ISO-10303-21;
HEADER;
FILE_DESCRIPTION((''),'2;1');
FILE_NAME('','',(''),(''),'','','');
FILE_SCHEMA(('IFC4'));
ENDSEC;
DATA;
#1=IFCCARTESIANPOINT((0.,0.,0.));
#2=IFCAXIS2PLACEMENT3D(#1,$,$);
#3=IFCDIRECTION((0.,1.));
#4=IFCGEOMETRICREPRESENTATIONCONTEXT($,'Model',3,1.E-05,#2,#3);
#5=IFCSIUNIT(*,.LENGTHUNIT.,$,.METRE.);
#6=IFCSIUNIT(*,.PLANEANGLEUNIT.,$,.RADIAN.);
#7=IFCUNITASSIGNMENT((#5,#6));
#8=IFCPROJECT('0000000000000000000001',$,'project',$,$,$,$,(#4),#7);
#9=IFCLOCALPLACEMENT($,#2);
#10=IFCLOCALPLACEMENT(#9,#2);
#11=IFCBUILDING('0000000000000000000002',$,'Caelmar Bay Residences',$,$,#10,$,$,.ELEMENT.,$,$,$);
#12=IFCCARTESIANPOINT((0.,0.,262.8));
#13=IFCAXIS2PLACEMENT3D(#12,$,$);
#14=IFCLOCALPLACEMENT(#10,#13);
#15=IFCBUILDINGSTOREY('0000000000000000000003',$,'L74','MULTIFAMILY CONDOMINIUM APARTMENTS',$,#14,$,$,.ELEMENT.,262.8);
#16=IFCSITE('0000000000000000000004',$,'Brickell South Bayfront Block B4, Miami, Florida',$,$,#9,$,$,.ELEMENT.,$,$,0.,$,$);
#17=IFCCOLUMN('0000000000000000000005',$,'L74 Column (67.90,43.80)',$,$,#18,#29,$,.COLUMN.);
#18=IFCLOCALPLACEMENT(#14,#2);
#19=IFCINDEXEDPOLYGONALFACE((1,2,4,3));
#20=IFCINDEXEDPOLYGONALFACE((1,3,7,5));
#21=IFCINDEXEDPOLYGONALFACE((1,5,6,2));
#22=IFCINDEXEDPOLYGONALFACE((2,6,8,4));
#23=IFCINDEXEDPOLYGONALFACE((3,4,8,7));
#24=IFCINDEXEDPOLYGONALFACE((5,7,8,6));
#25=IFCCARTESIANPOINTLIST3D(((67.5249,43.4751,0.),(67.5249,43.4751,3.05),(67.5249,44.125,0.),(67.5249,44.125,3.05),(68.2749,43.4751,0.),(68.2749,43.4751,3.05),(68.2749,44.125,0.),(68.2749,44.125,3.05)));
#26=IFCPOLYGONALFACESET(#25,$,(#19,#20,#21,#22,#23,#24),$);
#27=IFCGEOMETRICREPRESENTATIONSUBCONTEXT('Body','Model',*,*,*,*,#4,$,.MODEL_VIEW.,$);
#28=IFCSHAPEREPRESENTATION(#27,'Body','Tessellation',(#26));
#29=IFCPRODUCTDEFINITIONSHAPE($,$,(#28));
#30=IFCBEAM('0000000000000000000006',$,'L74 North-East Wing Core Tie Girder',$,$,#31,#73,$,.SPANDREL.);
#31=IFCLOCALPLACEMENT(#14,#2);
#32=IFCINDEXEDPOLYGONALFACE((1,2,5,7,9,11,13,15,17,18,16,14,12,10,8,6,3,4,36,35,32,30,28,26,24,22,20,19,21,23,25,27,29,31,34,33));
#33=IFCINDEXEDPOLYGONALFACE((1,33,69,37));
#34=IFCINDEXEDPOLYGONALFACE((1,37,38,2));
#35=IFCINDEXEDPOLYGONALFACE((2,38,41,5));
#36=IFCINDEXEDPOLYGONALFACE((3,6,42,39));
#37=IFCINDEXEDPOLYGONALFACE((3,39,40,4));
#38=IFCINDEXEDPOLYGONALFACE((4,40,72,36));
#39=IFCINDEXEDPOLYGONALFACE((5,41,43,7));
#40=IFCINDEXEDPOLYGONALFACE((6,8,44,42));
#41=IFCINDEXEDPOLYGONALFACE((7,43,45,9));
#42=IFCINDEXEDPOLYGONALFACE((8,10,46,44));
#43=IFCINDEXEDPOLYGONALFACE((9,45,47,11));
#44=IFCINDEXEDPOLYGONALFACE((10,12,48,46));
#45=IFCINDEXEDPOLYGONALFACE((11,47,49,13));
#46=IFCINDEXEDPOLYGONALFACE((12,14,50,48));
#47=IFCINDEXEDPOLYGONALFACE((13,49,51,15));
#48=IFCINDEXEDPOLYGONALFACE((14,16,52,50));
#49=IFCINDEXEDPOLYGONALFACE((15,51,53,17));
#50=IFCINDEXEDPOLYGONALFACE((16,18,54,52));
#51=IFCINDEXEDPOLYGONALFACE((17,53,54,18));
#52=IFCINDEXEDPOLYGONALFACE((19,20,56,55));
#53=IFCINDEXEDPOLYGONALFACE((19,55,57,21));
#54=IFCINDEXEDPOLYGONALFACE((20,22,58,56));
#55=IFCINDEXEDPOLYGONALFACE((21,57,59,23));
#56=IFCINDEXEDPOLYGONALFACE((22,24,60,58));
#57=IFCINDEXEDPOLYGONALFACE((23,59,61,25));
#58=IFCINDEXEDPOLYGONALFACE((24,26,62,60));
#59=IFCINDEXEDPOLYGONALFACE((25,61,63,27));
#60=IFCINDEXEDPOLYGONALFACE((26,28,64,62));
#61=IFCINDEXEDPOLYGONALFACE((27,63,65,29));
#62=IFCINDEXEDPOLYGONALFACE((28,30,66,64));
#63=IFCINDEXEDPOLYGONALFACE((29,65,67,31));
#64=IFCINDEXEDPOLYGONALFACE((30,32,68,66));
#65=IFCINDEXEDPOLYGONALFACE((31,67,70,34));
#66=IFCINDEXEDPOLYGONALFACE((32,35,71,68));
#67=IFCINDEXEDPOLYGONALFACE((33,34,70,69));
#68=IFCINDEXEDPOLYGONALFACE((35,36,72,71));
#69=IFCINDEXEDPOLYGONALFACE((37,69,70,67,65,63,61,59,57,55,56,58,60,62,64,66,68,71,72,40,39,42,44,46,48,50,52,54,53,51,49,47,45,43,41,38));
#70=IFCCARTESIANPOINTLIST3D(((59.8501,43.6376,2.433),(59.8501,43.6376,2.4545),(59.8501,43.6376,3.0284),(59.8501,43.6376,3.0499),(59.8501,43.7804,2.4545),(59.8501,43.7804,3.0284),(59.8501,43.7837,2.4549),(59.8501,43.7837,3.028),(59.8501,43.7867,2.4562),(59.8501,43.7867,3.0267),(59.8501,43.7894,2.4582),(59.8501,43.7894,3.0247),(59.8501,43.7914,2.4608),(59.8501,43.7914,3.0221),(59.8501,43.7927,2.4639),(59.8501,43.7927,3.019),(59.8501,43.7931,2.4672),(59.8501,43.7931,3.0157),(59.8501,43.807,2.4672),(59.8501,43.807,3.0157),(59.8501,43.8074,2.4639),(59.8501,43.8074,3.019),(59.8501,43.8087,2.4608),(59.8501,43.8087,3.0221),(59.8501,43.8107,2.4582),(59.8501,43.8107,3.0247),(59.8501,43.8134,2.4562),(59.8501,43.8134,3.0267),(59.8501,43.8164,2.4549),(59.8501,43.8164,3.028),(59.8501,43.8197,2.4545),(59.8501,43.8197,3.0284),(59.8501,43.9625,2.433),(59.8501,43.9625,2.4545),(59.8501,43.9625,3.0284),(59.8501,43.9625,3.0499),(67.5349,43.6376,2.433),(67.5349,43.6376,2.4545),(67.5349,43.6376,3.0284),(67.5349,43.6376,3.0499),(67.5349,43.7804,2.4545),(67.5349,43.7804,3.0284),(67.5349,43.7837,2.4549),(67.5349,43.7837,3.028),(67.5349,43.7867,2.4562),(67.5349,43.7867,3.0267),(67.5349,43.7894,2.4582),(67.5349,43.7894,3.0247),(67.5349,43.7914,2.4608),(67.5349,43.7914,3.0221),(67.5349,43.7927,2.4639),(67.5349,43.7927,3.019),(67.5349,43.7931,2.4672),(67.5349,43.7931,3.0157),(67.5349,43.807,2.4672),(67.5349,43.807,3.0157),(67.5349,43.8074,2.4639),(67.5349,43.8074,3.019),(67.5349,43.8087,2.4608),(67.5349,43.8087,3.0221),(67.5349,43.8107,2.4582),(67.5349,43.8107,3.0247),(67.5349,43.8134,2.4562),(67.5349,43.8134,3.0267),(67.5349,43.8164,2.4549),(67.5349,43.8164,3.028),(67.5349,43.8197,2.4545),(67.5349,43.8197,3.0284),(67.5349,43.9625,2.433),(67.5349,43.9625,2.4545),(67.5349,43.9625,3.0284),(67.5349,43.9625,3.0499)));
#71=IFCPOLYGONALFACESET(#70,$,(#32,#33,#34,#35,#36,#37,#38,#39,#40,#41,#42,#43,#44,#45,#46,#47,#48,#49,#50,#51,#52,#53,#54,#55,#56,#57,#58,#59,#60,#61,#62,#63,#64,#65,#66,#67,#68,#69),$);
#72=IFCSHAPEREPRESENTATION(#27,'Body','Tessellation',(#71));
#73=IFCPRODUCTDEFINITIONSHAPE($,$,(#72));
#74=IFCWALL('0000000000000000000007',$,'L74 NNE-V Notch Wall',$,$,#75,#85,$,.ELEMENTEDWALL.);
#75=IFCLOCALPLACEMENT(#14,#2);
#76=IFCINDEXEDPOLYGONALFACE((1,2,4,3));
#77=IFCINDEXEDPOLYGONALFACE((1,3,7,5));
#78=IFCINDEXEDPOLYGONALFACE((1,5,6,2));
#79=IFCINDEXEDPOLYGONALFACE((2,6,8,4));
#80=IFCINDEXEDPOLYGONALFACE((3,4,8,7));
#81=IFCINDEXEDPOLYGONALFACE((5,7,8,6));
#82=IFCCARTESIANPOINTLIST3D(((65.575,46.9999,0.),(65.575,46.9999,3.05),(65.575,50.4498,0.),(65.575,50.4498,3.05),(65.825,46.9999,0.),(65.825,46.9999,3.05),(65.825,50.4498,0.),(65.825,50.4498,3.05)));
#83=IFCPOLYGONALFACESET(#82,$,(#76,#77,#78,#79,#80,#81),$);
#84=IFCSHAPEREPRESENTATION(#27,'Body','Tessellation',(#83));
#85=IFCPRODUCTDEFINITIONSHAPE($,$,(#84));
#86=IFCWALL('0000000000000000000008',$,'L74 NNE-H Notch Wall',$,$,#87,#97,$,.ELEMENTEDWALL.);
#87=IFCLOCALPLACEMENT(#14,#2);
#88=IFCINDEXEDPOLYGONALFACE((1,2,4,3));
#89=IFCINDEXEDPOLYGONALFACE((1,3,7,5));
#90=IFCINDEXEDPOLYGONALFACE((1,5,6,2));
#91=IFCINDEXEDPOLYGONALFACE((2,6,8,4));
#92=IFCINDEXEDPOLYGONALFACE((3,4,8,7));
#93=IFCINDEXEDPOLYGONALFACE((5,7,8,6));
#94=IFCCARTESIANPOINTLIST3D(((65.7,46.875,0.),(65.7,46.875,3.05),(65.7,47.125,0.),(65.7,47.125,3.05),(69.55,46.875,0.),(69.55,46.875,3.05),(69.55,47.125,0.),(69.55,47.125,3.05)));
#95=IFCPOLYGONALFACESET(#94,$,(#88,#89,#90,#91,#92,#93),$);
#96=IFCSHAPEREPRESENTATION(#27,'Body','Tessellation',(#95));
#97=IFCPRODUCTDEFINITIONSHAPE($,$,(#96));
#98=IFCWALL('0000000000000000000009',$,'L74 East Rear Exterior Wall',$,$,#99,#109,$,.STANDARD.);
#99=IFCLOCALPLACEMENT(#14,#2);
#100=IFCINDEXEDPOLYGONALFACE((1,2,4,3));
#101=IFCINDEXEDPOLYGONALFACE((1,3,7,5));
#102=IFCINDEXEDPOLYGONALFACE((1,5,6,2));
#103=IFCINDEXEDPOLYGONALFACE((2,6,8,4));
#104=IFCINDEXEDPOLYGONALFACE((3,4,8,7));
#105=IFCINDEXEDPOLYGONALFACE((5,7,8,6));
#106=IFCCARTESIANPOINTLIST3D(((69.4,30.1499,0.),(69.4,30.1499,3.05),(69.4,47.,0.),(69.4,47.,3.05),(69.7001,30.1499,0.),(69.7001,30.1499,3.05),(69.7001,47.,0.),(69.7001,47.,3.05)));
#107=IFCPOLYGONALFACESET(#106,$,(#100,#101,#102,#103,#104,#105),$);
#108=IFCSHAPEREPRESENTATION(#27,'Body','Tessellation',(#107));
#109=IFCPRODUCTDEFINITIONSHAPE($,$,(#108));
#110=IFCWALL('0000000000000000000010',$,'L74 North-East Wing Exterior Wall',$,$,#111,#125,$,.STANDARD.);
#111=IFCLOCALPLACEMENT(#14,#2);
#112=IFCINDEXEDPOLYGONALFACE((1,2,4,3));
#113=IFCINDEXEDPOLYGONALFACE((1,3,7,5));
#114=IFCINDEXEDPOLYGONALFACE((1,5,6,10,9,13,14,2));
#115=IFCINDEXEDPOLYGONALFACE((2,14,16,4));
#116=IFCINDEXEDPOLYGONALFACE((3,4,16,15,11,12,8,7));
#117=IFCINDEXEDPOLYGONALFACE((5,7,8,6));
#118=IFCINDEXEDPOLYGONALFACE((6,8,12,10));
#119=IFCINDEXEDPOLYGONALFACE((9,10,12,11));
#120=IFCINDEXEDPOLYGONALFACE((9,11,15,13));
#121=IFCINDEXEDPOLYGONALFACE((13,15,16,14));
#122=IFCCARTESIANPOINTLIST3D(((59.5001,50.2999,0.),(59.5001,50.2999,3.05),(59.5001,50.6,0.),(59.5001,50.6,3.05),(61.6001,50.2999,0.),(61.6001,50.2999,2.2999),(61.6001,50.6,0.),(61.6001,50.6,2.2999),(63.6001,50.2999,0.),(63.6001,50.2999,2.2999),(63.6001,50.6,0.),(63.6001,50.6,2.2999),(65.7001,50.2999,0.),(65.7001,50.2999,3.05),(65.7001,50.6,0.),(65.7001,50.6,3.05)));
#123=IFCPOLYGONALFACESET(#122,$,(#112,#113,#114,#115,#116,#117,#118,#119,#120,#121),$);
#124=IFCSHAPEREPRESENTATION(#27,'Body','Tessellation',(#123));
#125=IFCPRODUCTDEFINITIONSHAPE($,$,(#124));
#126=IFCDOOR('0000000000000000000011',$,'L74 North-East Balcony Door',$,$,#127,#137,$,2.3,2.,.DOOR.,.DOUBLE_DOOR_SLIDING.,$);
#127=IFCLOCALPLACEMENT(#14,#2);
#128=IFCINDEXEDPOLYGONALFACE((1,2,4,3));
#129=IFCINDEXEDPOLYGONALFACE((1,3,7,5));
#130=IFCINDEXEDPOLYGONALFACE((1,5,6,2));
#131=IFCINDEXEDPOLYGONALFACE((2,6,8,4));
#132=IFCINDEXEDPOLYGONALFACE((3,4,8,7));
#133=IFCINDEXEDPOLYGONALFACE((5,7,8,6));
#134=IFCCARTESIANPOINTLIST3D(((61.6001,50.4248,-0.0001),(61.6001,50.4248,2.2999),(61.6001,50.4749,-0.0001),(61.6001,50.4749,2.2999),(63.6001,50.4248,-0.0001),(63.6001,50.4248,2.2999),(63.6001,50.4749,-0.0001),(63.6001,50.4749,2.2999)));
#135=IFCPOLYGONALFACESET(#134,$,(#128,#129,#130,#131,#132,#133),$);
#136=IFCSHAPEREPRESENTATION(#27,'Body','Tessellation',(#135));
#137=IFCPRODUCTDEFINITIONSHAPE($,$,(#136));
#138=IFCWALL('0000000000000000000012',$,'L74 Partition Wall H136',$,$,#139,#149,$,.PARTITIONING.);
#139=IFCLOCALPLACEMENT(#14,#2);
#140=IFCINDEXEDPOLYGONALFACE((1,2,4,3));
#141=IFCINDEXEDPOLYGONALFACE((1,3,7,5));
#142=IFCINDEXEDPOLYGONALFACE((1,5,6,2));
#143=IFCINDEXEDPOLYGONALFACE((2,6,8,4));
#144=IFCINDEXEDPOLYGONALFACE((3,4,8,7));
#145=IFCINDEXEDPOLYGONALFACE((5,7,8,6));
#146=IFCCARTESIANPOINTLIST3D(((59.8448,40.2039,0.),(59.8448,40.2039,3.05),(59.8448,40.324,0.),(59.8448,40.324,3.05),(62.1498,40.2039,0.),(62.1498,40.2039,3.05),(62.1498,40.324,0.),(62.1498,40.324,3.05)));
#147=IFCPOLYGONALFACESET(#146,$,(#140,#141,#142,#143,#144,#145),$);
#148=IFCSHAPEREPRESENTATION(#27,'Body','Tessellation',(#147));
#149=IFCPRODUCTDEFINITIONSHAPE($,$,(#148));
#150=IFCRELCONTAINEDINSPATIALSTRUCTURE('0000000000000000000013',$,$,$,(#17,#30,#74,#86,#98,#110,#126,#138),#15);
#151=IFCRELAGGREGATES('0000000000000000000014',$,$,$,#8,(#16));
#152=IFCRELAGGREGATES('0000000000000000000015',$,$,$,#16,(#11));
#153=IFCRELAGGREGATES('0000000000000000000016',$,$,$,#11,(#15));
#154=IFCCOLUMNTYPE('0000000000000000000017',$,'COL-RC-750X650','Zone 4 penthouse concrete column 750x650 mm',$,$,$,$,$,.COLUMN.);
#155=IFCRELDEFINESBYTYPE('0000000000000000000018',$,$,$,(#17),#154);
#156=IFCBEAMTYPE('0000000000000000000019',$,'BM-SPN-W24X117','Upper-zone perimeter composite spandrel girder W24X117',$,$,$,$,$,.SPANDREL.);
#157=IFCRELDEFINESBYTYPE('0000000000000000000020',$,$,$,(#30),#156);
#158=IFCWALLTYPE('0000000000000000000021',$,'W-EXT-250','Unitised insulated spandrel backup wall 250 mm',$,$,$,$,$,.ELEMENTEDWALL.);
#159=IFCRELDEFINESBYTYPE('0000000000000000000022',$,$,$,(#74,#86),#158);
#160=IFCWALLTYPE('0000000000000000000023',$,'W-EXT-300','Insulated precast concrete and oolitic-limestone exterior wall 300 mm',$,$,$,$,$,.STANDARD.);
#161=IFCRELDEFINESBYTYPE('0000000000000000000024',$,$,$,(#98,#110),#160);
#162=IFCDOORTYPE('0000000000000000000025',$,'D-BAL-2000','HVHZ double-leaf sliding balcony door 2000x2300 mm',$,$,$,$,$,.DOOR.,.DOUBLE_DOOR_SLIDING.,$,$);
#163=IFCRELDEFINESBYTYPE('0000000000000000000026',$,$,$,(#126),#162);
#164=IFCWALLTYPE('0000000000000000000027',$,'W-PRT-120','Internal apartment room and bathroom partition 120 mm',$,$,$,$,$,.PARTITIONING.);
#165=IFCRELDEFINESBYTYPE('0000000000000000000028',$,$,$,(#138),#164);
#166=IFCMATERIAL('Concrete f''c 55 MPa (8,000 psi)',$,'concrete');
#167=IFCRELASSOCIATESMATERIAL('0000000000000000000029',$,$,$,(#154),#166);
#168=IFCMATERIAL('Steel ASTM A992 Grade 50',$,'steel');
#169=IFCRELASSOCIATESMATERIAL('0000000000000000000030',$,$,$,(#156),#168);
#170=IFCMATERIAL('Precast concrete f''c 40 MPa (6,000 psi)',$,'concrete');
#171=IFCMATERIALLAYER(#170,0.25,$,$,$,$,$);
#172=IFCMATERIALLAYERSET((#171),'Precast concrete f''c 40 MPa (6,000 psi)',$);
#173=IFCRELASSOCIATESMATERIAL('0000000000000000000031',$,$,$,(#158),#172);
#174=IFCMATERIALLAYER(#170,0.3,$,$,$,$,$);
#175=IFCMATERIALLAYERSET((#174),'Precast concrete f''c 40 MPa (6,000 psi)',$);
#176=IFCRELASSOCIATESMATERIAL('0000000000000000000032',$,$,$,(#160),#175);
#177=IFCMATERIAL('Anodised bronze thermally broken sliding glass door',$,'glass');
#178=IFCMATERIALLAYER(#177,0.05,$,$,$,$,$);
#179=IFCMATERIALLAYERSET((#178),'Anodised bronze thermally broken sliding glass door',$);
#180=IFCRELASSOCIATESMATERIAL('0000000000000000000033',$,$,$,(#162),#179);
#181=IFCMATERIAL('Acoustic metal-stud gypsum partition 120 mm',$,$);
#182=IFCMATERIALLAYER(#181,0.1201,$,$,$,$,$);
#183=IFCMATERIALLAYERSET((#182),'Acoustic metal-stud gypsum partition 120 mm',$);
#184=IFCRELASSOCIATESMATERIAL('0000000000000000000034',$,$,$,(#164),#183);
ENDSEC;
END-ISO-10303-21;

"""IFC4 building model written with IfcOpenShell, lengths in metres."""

from ifc_helpers import new_model, si_unit, direction, frame, frame_2d, origin, origin_2d, place, context, subcontext, project, spatial, rectangle, i_section, extrude, material, layer, layer_set, material_profile, profile_set, type_object, element, fill, save


model = new_model("IFC4")

# Units and contexts
model_context = context("Model", 3, precision=1e-05, world=origin(), true_north=direction((0.0, 1.0)))
body_context = subcontext(model_context, "Body", "Model", "MODEL_VIEW")
ifc_project = project(units=[si_unit("LENGTHUNIT", "METRE"), si_unit("PLANEANGLEUNIT", "RADIAN")], contexts=[model_context])

# Site, building, storey
site_placement = place(None, origin())
site = spatial("IfcSite", under=ifc_project, at=site_placement, Name="Brickell South Bayfront Block B4, Miami, Florida", CompositionType="ELEMENT", RefElevation=0.0)
building_placement = place(site_placement, origin())
building = spatial("IfcBuilding", under=site, at=building_placement, Name="Caelmar Bay Residences", CompositionType="ELEMENT")
storey_placement = place(building_placement, frame((0.0, 0.0, 262.8)))
storey = spatial("IfcBuildingStorey", under=building, at=storey_placement, Name="L74", Description="MULTIFAMILY CONDOMINIUM APARTMENTS", CompositionType="ELEMENT", Elevation=262.8)

# Column
ifc_material_1 = material(Name="Concrete f'c 55 MPa (8,000 psi)", Category="concrete")
ifc_material_profile_1 = material_profile(ifc_material_1, rectangle(XDim=0.75, YDim=0.6499, at=origin_2d()), Name="RC-COL-750X650")
ifc_profile_set_1 = profile_set([ifc_material_profile_1], Name="Concrete f'c 55 MPa (8,000 psi)")
column_type = type_object("IfcColumnType", Name="COL-RC-750X650", Description="Zone 4 penthouse concrete column 750x650 mm", PredefinedType="COLUMN", material=ifc_profile_set_1)
column_placement = place(storey_placement, frame((67.8999, 43.8, 0.0), z_axis=(0.0, 0.0, 1.0), x_axis=(1.0, 0.0, 0.0)))
element("IfcColumn", 1, at=column_placement, inside=storey, type_object=column_type, Name="L74 Column (67.90,43.80)", PredefinedType="COLUMN", context=body_context, shape_type="SweptSolid", body=[
    extrude(rectangle(XDim=0.75, YDim=0.6499, at=origin_2d()), origin(), (0.0, 0.0, 1.0), 3.05),
])

# Beam
ifc_material_2 = material(Name="Steel ASTM A992 Grade 50", Category="steel")
ifc_material_profile_2 = material_profile(ifc_material_2, i_section(OverallWidth=0.325, OverallDepth=0.6169, WebThickness=0.0139, FlangeThickness=0.0215, FilletRadius=0.0127, at=origin_2d()), Name="W24X117")
ifc_profile_set_2 = profile_set([ifc_material_profile_2], Name="Steel ASTM A992 Grade 50")
beam_type = type_object("IfcBeamType", Name="BM-SPN-W24X117", Description="Upper-zone perimeter composite spandrel girder W24X117", PredefinedType="SPANDREL", material=ifc_profile_set_2)
beam_placement = place(storey_placement, frame((59.8501, 43.8, 2.7415), z_axis=(1.0, 0.0, 0.0), x_axis=(0.0, 1.0, 0.0)))
element("IfcBeam", 2, at=beam_placement, inside=storey, type_object=beam_type, Name="L74 North-East Wing Core Tie Girder", PredefinedType="SPANDREL", context=body_context, shape_type="SweptSolid", body=[
    extrude(i_section(OverallWidth=0.325, OverallDepth=0.6169, WebThickness=0.0139, FlangeThickness=0.0215, FilletRadius=0.0127, at=origin_2d()), origin(), (0.0, 0.0, 1.0), 7.6848),
])

# Walls
ifc_material_3 = material(Name="Precast concrete f'c 40 MPa (6,000 psi)", Category="concrete")
ifc_layer_1 = layer(ifc_material_3, 0.25)
ifc_layer_set_1 = layer_set([ifc_layer_1], Name="Precast concrete f'c 40 MPa (6,000 psi)")
wall_type_1 = type_object("IfcWallType", Name="W-EXT-250", Description="Unitised insulated spandrel backup wall 250 mm", PredefinedType="ELEMENTEDWALL", material=ifc_layer_set_1)
wall_1_placement = place(storey_placement, frame((65.7, 50.45, 0.0), z_axis=(0.0, 0.0, 1.0), x_axis=(0.0, -1.0, 0.0)))
element("IfcWall", 3, at=wall_1_placement, inside=storey, type_object=wall_type_1, Name="L74 NNE-V Notch Wall", PredefinedType="ELEMENTEDWALL", context=body_context, shape_type="SweptSolid", body=[
    extrude(rectangle(XDim=3.45, YDim=0.25, at=frame_2d((1.7251, 0.0))), origin(), (0.0, 0.0, 1.0), 3.05),
])
wall_2_placement = place(storey_placement, frame((65.7, 47.0, 0.0), z_axis=(0.0, 0.0, 1.0), x_axis=(1.0, 0.0, 0.0)))
element("IfcWall", 4, at=wall_2_placement, inside=storey, type_object=wall_type_1, Name="L74 NNE-H Notch Wall", PredefinedType="ELEMENTEDWALL", context=body_context, shape_type="SweptSolid", body=[
    extrude(rectangle(XDim=3.8501, YDim=0.25, at=frame_2d((1.925, 0.0))), origin(), (0.0, 0.0, 1.0), 3.05),
])
ifc_layer_2 = layer(ifc_material_3, 0.3)
ifc_layer_set_2 = layer_set([ifc_layer_2], Name="Precast concrete f'c 40 MPa (6,000 psi)")
wall_type_2 = type_object("IfcWallType", Name="W-EXT-300", Description="Insulated precast concrete and oolitic-limestone exterior wall 300 mm", PredefinedType="STANDARD", material=ifc_layer_set_2)
wall_3_placement = place(storey_placement, frame((69.55, 47.0, 0.0), z_axis=(0.0, 0.0, 1.0), x_axis=(0.0, -1.0, 0.0)))
element("IfcWall", 5, at=wall_3_placement, inside=storey, type_object=wall_type_2, Name="L74 East Rear Exterior Wall", PredefinedType="STANDARD", context=body_context, shape_type="SweptSolid", body=[
    extrude(rectangle(XDim=16.8501, YDim=0.3, at=frame_2d((8.425, 0.0))), origin(), (0.0, 0.0, 1.0), 3.05),
])

# Wall, opening, door
wall_4_placement = place(storey_placement, frame((59.5, 50.45, 0.0), z_axis=(0.0, 0.0, 1.0), x_axis=(1.0, 0.0, 0.0)))
wall_4 = element("IfcWall", 6, at=wall_4_placement, inside=storey, type_object=wall_type_2, Name="L74 North-East Wing Exterior Wall", PredefinedType="STANDARD", context=body_context, shape_type="SweptSolid", body=[
    extrude(rectangle(XDim=6.2, YDim=0.3, at=frame_2d((3.1001, 0.0))), origin(), (0.0, 0.0, 1.0), 3.05),
])
opening_1_placement = place(wall_4_placement, frame((2.1001, 0.0, 0.0)))
opening_1 = element("IfcOpeningElement", 7, at=opening_1_placement, cuts=wall_4, PredefinedType="OPENING", context=body_context, shape_type="SweptSolid", body=[
    extrude(rectangle(XDim=2.0, YDim=2.3, at=frame_2d((1.0, 1.1499))), frame((0.0, 0.1599, 0.0), z_axis=(0.0, -1.0, 0.0), x_axis=(1.0, 0.0, 0.0)), (0.0, 0.0, 1.0), 0.3201),
])
ifc_material_4 = material(Name="Anodised bronze thermally broken sliding glass door", Category="glass")
ifc_layer_3 = layer(ifc_material_4, 0.05)
ifc_layer_set_3 = layer_set([ifc_layer_3], Name="Anodised bronze thermally broken sliding glass door")
door_type_1 = type_object("IfcDoorType", Name="D-BAL-2000", Description="HVHZ double-leaf sliding balcony door 2000x2300 mm", OperationType="DOUBLE_DOOR_SLIDING", PredefinedType="DOOR", material=ifc_layer_set_3)
door_1_placement = place(opening_1_placement, origin())
door_1 = element("IfcDoor", 8, at=door_1_placement, inside=storey, type_object=door_type_1, Name="L74 North-East Balcony Door", OperationType="DOUBLE_DOOR_SLIDING", OverallHeight=2.3, OverallWidth=2.0, PredefinedType="DOOR", context=body_context, shape_type="SweptSolid", body=[
    extrude(rectangle(XDim=2.0, YDim=2.3, at=frame_2d((1.0, 1.1499))), frame((0.0, 0.0249, 0.0), z_axis=(0.0, -1.0, 0.0), x_axis=(1.0, 0.0, 0.0)), (0.0, 0.0, 1.0), 0.05),
])
fill(opening_1, door_1)

# Wall
ifc_material_5 = material(Name="Acoustic metal-stud gypsum partition 120 mm")
ifc_layer_4 = layer(ifc_material_5, 0.1201)
ifc_layer_set_4 = layer_set([ifc_layer_4], Name="Acoustic metal-stud gypsum partition 120 mm")
wall_type_3 = type_object("IfcWallType", Name="W-PRT-120", Description="Internal apartment room and bathroom partition 120 mm", PredefinedType="PARTITIONING", material=ifc_layer_set_4)
wall_5_placement = place(storey_placement, frame((59.845, 40.2639, 0.0), z_axis=(0.0, 0.0, 1.0), x_axis=(1.0, 0.0, 0.0)))
element("IfcWall", 9, at=wall_5_placement, inside=storey, type_object=wall_type_3, Name="L74 Partition Wall H136", PredefinedType="PARTITIONING", context=body_context, shape_type="SweptSolid", body=[
    extrude(rectangle(XDim=2.3049, YDim=0.1201, at=frame_2d((1.1523, 0.0))), origin(), (0.0, 0.0, 1.0), 3.05),
])

save(model, "model.ifc")
